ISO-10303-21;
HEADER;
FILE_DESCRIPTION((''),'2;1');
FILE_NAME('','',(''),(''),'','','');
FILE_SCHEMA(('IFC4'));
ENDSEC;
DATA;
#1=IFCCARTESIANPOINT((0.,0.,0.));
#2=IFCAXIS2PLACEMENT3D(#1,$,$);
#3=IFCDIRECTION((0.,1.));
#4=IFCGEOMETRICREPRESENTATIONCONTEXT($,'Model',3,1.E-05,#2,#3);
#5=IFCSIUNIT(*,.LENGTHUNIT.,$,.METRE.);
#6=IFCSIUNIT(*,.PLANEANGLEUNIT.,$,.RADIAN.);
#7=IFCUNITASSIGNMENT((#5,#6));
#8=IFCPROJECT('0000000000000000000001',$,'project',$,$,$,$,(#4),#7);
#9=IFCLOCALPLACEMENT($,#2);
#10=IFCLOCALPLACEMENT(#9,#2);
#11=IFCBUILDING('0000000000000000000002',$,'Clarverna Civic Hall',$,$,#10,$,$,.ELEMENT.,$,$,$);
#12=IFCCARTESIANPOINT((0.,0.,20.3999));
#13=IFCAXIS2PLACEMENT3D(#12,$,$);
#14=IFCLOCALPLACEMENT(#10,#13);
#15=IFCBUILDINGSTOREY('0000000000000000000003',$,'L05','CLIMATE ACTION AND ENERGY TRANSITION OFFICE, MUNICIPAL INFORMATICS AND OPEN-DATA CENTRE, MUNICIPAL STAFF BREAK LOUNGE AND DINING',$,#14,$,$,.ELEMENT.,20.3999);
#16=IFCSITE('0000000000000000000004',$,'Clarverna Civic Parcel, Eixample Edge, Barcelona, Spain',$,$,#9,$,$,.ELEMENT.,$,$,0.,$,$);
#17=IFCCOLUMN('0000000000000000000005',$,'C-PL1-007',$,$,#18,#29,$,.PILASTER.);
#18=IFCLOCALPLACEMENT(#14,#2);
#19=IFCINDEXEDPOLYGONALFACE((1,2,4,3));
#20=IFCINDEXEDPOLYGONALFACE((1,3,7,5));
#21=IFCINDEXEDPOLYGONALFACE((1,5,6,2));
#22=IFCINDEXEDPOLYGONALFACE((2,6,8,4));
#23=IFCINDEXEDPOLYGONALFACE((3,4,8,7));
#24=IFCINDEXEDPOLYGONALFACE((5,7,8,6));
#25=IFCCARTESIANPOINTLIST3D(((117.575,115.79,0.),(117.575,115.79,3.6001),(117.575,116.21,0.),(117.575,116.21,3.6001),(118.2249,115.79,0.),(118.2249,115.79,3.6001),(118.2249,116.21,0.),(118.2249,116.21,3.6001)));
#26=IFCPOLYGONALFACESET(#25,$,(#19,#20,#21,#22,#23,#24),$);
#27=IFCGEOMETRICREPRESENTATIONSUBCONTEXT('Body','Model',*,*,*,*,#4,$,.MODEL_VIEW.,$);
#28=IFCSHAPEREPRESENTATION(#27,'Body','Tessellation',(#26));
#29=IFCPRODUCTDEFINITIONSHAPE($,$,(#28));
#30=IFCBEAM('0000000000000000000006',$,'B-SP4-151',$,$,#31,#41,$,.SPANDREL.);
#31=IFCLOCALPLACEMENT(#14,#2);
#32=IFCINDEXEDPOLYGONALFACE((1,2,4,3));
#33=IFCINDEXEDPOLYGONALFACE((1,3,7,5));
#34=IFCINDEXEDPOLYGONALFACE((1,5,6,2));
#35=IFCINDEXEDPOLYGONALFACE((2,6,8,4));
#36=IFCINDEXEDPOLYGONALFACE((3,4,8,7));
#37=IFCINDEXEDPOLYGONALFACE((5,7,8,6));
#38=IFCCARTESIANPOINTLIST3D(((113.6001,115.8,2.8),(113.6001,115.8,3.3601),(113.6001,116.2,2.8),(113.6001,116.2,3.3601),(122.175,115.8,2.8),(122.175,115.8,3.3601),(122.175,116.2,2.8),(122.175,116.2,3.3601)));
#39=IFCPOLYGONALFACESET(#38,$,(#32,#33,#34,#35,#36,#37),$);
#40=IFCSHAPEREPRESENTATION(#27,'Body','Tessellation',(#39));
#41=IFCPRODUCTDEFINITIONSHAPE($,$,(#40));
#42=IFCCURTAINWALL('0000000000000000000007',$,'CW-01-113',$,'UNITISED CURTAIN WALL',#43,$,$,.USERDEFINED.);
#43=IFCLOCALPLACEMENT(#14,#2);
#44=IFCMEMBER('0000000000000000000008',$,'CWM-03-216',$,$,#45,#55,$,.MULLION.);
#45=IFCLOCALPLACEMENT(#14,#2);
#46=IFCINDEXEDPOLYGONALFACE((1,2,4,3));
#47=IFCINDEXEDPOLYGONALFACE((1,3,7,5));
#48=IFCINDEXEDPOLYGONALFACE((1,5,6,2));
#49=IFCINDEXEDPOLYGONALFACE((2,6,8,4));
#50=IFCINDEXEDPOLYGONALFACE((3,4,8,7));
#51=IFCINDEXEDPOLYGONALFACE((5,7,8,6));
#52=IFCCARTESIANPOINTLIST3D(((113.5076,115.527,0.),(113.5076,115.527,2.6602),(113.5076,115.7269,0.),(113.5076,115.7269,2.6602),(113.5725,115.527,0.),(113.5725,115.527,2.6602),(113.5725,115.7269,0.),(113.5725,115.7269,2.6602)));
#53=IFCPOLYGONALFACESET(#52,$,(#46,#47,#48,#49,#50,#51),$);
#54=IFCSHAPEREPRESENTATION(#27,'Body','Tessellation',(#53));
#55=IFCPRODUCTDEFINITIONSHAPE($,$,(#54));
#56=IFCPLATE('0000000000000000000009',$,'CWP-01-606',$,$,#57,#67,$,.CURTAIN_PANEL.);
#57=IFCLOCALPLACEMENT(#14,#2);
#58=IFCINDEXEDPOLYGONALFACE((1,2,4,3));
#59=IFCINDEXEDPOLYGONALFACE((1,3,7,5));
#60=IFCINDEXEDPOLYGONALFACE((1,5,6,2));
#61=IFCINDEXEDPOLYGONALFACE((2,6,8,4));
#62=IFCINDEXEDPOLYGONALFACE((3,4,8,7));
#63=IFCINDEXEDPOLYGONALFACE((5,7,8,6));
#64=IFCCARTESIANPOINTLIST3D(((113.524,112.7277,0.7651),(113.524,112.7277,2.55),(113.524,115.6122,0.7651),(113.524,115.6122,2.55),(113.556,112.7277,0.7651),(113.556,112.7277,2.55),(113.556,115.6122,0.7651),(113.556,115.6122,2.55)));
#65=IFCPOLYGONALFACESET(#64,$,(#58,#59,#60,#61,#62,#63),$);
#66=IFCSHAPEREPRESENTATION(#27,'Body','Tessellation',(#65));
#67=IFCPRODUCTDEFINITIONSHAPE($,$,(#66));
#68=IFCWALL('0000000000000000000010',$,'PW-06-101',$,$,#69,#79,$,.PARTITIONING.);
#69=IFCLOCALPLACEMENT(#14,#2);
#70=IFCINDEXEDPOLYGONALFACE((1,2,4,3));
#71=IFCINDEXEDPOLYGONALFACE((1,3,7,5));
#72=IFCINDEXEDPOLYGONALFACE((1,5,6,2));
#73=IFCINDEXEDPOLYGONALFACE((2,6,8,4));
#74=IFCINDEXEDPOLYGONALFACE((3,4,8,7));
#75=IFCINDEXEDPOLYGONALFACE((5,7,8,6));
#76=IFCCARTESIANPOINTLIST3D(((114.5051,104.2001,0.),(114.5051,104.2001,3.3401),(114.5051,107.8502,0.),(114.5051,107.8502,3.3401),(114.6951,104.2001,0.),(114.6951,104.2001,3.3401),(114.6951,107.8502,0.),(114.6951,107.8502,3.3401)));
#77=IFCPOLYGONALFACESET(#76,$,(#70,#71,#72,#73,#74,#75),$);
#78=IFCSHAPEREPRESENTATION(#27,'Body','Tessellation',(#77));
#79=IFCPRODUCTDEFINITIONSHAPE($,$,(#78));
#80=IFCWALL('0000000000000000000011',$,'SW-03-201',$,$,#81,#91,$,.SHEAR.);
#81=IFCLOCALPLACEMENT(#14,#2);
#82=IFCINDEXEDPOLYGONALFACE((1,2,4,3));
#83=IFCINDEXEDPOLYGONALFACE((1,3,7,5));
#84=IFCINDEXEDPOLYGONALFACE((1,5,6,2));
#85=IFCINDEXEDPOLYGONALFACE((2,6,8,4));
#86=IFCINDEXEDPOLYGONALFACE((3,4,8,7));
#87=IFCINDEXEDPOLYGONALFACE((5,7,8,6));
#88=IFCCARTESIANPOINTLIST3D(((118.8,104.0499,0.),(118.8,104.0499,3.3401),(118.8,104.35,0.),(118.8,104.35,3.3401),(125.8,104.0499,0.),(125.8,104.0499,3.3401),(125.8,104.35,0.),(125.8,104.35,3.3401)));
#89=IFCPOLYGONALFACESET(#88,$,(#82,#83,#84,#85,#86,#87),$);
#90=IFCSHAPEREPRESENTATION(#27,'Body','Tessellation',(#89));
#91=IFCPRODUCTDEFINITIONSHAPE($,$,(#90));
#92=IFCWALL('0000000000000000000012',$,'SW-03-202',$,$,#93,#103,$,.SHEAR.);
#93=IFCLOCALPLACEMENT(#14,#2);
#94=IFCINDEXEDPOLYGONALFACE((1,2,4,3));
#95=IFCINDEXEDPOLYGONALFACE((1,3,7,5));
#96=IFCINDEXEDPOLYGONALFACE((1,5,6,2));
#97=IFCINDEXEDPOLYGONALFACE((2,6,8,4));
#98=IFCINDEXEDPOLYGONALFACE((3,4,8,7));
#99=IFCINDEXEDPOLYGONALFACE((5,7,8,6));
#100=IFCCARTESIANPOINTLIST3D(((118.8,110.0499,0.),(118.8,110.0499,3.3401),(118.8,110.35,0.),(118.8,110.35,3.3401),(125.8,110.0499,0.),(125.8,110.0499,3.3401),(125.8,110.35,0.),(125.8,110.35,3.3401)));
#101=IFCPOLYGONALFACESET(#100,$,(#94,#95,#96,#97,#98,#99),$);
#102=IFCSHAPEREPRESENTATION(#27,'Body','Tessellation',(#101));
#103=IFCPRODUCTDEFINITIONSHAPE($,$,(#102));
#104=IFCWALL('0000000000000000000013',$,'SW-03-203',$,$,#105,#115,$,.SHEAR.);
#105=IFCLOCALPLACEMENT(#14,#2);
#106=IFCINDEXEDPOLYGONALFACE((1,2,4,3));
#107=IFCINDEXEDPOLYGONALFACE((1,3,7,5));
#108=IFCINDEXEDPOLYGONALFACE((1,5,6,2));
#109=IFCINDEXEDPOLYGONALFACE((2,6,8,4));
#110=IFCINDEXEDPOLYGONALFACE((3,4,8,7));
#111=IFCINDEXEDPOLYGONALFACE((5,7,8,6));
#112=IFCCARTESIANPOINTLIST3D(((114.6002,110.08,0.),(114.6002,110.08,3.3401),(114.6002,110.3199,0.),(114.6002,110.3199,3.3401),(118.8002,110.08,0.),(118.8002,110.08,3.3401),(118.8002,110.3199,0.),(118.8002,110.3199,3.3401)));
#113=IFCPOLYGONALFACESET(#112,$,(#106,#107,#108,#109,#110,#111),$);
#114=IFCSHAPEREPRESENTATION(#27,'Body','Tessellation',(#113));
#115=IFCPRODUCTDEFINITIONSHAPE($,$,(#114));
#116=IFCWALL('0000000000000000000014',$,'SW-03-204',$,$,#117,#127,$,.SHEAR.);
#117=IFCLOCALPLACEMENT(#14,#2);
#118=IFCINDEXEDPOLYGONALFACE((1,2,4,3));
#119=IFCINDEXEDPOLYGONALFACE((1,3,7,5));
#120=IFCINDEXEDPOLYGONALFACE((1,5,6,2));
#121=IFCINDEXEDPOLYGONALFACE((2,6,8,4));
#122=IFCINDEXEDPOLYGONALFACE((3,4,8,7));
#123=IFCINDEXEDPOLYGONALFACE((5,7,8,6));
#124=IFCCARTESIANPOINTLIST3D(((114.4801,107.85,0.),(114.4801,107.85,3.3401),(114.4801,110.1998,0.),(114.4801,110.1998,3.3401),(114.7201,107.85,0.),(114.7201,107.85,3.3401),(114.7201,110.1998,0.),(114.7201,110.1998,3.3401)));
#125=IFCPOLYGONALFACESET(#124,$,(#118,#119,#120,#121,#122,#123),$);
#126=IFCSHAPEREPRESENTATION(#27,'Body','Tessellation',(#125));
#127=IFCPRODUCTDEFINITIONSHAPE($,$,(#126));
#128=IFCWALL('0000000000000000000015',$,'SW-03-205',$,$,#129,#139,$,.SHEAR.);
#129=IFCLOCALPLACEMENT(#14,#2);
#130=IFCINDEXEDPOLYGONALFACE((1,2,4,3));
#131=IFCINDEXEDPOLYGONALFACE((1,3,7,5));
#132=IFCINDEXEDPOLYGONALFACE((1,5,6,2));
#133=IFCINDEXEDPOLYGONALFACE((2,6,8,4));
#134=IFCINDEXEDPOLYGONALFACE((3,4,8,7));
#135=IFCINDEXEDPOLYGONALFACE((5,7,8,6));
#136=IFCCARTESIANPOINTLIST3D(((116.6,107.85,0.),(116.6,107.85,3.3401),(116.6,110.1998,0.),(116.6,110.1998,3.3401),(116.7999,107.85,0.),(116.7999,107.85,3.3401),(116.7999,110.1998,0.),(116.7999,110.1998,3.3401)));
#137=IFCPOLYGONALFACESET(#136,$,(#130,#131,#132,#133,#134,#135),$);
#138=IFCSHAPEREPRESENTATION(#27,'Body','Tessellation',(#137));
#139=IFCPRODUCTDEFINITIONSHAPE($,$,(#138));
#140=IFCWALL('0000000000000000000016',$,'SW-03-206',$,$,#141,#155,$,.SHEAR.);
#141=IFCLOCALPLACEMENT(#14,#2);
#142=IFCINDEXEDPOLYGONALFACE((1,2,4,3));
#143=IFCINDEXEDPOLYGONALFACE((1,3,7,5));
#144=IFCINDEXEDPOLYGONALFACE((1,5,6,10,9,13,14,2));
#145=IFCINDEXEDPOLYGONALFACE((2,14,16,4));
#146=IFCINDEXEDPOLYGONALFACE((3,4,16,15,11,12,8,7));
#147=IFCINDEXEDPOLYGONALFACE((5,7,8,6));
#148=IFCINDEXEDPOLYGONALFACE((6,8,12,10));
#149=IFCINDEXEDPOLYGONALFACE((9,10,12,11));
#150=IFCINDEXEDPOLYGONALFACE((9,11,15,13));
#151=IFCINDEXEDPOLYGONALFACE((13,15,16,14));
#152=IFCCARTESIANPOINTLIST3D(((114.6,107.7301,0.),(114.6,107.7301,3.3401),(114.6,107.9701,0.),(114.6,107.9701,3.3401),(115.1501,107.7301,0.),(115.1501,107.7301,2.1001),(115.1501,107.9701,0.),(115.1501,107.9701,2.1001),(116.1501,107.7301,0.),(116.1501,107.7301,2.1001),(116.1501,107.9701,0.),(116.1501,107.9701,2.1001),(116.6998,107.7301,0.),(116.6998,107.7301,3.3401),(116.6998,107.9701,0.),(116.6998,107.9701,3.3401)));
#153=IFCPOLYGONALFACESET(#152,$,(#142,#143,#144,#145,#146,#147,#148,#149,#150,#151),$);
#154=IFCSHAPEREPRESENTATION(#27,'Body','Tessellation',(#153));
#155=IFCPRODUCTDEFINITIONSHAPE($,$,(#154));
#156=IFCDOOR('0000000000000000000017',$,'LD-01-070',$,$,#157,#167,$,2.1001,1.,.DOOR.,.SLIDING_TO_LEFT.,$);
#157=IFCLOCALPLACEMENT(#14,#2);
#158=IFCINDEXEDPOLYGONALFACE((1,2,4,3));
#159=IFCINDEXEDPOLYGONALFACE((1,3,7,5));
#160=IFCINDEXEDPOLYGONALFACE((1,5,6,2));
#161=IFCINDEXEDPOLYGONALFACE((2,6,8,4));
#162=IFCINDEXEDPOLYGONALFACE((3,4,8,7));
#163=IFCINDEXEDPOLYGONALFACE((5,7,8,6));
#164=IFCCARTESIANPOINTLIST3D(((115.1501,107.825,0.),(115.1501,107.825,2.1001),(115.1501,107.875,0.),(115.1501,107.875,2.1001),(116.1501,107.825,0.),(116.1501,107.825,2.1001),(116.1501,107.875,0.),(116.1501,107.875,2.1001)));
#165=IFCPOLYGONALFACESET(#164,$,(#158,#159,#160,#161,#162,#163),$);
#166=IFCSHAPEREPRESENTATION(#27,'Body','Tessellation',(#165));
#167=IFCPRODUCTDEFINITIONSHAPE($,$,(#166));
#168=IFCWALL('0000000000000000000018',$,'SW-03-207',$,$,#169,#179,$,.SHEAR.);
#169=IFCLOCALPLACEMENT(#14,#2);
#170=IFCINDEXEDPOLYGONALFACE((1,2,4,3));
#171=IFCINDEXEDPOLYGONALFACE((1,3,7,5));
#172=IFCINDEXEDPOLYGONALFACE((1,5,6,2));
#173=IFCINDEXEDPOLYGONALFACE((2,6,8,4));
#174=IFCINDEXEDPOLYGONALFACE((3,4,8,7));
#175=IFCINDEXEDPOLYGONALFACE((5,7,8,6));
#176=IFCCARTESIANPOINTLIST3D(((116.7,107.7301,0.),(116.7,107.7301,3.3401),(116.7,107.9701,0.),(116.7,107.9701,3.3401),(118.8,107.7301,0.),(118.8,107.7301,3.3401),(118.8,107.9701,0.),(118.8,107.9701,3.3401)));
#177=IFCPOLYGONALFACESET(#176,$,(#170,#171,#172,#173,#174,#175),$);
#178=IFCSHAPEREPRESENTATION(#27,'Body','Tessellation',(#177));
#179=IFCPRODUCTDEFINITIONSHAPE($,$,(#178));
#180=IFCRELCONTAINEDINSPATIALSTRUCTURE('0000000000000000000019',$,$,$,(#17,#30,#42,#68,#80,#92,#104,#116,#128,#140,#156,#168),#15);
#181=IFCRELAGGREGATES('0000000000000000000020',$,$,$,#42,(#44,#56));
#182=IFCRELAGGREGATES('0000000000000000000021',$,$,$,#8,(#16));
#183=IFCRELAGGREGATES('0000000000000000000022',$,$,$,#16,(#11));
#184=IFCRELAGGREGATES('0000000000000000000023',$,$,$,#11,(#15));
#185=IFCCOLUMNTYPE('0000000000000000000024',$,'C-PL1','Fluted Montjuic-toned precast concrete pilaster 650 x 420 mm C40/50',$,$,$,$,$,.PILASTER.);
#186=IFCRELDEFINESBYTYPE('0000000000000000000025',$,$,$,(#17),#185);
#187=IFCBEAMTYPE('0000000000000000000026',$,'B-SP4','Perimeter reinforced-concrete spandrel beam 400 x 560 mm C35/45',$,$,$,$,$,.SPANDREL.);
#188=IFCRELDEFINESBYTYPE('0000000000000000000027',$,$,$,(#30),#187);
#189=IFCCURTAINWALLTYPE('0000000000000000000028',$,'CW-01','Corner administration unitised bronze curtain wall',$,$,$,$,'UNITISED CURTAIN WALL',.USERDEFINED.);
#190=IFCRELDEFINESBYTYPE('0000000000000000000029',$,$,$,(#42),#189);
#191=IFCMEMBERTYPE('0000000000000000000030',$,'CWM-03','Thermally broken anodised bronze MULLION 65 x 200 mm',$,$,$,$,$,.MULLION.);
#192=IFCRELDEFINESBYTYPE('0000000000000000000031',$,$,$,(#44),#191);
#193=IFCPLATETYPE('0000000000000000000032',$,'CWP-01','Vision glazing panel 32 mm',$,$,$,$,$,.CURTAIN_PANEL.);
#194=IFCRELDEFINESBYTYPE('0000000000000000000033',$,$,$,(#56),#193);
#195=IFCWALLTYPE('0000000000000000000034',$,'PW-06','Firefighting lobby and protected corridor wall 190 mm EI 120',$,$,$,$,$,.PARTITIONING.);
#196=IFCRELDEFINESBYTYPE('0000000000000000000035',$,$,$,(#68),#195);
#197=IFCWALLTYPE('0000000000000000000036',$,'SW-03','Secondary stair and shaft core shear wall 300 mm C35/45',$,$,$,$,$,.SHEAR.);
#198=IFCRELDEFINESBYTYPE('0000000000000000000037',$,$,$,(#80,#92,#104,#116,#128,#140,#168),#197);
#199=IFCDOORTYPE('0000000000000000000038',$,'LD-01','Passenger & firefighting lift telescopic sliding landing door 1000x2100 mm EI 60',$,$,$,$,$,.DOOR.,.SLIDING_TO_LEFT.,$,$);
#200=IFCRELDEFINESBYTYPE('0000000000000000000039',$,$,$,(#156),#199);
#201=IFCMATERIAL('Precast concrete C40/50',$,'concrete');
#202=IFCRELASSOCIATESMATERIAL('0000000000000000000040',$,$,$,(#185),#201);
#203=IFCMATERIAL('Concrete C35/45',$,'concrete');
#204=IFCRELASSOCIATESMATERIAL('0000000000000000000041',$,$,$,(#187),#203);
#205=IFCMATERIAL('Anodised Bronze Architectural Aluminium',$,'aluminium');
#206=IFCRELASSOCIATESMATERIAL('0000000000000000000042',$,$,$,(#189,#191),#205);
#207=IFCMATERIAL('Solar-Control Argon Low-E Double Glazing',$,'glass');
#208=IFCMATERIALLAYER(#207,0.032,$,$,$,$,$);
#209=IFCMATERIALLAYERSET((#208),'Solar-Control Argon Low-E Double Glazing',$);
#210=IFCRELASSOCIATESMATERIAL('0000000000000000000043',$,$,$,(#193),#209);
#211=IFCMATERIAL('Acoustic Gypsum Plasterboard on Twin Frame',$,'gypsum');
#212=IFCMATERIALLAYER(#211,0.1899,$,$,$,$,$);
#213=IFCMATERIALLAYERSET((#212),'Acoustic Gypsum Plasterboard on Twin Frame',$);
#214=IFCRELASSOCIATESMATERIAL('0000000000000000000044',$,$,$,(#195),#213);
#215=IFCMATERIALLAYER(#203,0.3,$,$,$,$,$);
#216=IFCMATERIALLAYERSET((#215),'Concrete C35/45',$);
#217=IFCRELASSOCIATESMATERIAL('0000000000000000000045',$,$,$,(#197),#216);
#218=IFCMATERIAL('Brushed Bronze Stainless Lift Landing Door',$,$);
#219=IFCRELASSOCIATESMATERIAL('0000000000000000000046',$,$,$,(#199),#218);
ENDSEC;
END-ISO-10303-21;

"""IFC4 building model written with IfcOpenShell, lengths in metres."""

from ifc_helpers import new_model, si_unit, direction, frame, frame_2d, origin, origin_2d, place, context, subcontext, project, spatial, rectangle, extrude, material, layer, layer_set, material_profile, profile_set, type_object, element, fill, aggregate, save


model = new_model("IFC4")

# Units and contexts
model_context = context("Model", 3, precision=1e-05, world=origin(), true_north=direction((0.0, 1.0)))
body_context = subcontext(model_context, "Body", "Model", "MODEL_VIEW")
ifc_project = project(units=[si_unit("LENGTHUNIT", "METRE"), si_unit("PLANEANGLEUNIT", "RADIAN")], contexts=[model_context])

# Site, building, storey
site_placement = place(None, origin())
site = spatial("IfcSite", under=ifc_project, at=site_placement, Name="Clarverna Civic Parcel, Eixample Edge, Barcelona, Spain", CompositionType="ELEMENT", RefElevation=0.0)
building_placement = place(site_placement, origin())
building = spatial("IfcBuilding", under=site, at=building_placement, Name="Clarverna Civic Hall", CompositionType="ELEMENT")
storey_placement = place(building_placement, frame((0.0, 0.0, 20.3999)))
storey = spatial("IfcBuildingStorey", under=building, at=storey_placement, Name="L05", Description="CLIMATE ACTION AND ENERGY TRANSITION OFFICE, MUNICIPAL INFORMATICS AND OPEN-DATA CENTRE, MUNICIPAL STAFF BREAK LOUNGE AND DINING", CompositionType="ELEMENT", Elevation=20.3999)

# Column
ifc_material_1 = material(Name="Precast concrete C40/50", Category="concrete")
ifc_material_profile_1 = material_profile(ifc_material_1, rectangle(XDim=0.6499, YDim=0.4199, at=origin_2d()), Name="PILASTER 650x420")
ifc_profile_set_1 = profile_set([ifc_material_profile_1], Name="Precast concrete C40/50")
column_type = type_object("IfcColumnType", Name="C-PL1", Description="Fluted Montjuic-toned precast concrete pilaster 650 x 420 mm C40/50", PredefinedType="PILASTER", material=ifc_profile_set_1)
column_placement = place(storey_placement, frame((117.8999, 116.0, 0.0), z_axis=(0.0, 0.0, 1.0), x_axis=(1.0, 0.0, 0.0)))
element("IfcColumn", 1, at=column_placement, inside=storey, type_object=column_type, Name="C-PL1-007", PredefinedType="PILASTER", context=body_context, shape_type="SweptSolid", body=[
    extrude(rectangle(XDim=0.6499, YDim=0.4199, at=origin_2d()), origin(), (0.0, 0.0, 1.0), 3.6001),
])

# Beam
ifc_material_2 = material(Name="Concrete C35/45", Category="concrete")
ifc_material_profile_2 = material_profile(ifc_material_2, rectangle(XDim=0.3999, YDim=0.5601, at=origin_2d()), Name="RC 400x560")
ifc_profile_set_2 = profile_set([ifc_material_profile_2], Name="Concrete C35/45")
beam_type = type_object("IfcBeamType", Name="B-SP4", Description="Perimeter reinforced-concrete spandrel beam 400 x 560 mm C35/45", PredefinedType="SPANDREL", material=ifc_profile_set_2)
beam_placement = place(storey_placement, frame((113.6001, 116.0, 3.0801), z_axis=(1.0, 0.0, 0.0), x_axis=(0.0, 1.0, 0.0)))
element("IfcBeam", 2, at=beam_placement, inside=storey, type_object=beam_type, Name="B-SP4-151", PredefinedType="SPANDREL", context=body_context, shape_type="SweptSolid", body=[
    extrude(rectangle(XDim=0.3999, YDim=0.5601, at=origin_2d()), origin(), (0.0, 0.0, 1.0), 8.575),
])

# Curtain wall, member, plate
ifc_material_3 = material(Name="Anodised Bronze Architectural Aluminium", Category="aluminium")
curtain_wall_type = type_object("IfcCurtainWallType", Name="CW-01", Description="Corner administration unitised bronze curtain wall", ElementType="UNITISED CURTAIN WALL", PredefinedType="USERDEFINED", material=ifc_material_3)
curtain_wall_placement = place(storey_placement, origin())
curtain_wall = element("IfcCurtainWall", 3, at=curtain_wall_placement, inside=storey, type_object=curtain_wall_type, Name="CW-01-113", ObjectType="UNITISED CURTAIN WALL", PredefinedType="USERDEFINED")
ifc_material_profile_3 = material_profile(ifc_material_3, rectangle(XDim=0.0649, YDim=0.2, at=origin_2d()), Name="BRONZE 65x200")
ifc_profile_set_3 = profile_set([ifc_material_profile_3], Name="Anodised Bronze Architectural Aluminium")
member_type = type_object("IfcMemberType", Name="CWM-03", Description="Thermally broken anodised bronze MULLION 65 x 200 mm", PredefinedType="MULLION", material=ifc_profile_set_3)
member_placement = place(storey_placement, frame((113.54, 115.627, 0.0), z_axis=(0.0, 0.0, 1.0), x_axis=(1.0, 0.0, 0.0)))
member = element("IfcMember", 4, at=member_placement, type_object=member_type, Name="CWM-03-216", PredefinedType="MULLION", context=body_context, shape_type="SweptSolid", body=[
    extrude(rectangle(XDim=0.0649, YDim=0.2, at=origin_2d()), origin(), (0.0, 0.0, 1.0), 2.6602),
])
ifc_material_4 = material(Name="Solar-Control Argon Low-E Double Glazing", Category="glass")
ifc_layer_1 = layer(ifc_material_4, 0.032)
ifc_layer_set_1 = layer_set([ifc_layer_1], Name="Solar-Control Argon Low-E Double Glazing")
plate_type = type_object("IfcPlateType", Name="CWP-01", Description="Vision glazing panel 32 mm", PredefinedType="CURTAIN_PANEL", material=ifc_layer_set_1)
plate_placement = place(storey_placement, frame((113.54, 112.7275, 0.7651), z_axis=(0.0, 0.0, 1.0), x_axis=(0.0, 1.0, 0.0)))
plate = element("IfcPlate", 5, at=plate_placement, type_object=plate_type, Name="CWP-01-606", PredefinedType="CURTAIN_PANEL", context=body_context, shape_type="SweptSolid", body=[
    extrude(rectangle(XDim=2.8845, YDim=0.032, at=frame_2d((1.4424, 0.0))), origin(), (0.0, 0.0, 1.0), 1.7849),
])
aggregate(curtain_wall, [member, plate])

# Wall
ifc_material_5 = material(Name="Acoustic Gypsum Plasterboard on Twin Frame", Category="gypsum")
ifc_layer_2 = layer(ifc_material_5, 0.1899)
ifc_layer_set_2 = layer_set([ifc_layer_2], Name="Acoustic Gypsum Plasterboard on Twin Frame")
wall_type_1 = type_object("IfcWallType", Name="PW-06", Description="Firefighting lobby and protected corridor wall 190 mm EI 120", PredefinedType="PARTITIONING", material=ifc_layer_set_2)
wall_1_placement = place(storey_placement, frame((114.6001, 104.2, 0.0), z_axis=(0.0, 0.0, 1.0), x_axis=(0.0, 1.0, 0.0)))
element("IfcWall", 6, at=wall_1_placement, inside=storey, type_object=wall_type_1, Name="PW-06-101", PredefinedType="PARTITIONING", context=body_context, shape_type="SweptSolid", body=[
    extrude(rectangle(XDim=3.6501, YDim=0.1899, at=frame_2d((1.8252, 0.0))), origin(), (0.0, 0.0, 1.0), 3.3401),
])

# Shared definitions
ifc_layer_3 = layer(ifc_material_2, 0.3)
ifc_layer_set_3 = layer_set([ifc_layer_3], Name="Concrete C35/45")
wall_type_2 = type_object("IfcWallType", Name="SW-03", Description="Secondary stair and shaft core shear wall 300 mm C35/45", PredefinedType="SHEAR", material=ifc_layer_set_3)

# Walls
for number, where, z_axis, x_axis, name in (
    (7, (118.8, 104.2, 0.0), (0.0, 0.0, 1.0), (1.0, 0.0, 0.0), "SW-03-201"),
    (8, (118.8, 110.2, 0.0), (0.0, 0.0, 1.0), (1.0, 0.0, 0.0), "SW-03-202"),
):
    element("IfcWall", number, at=place(storey_placement, frame(where, z_axis=z_axis, x_axis=x_axis)), inside=storey, type_object=wall_type_2, Name=name, PredefinedType="SHEAR", context=body_context, shape_type="SweptSolid", body=[
        extrude(rectangle(XDim=7.0, YDim=0.3, at=frame_2d((3.5, 0.0))), origin(), (0.0, 0.0, 1.0), 3.3401),
    ])
wall_2_placement = place(storey_placement, frame((114.6001, 110.2, 0.0), z_axis=(0.0, 0.0, 1.0), x_axis=(1.0, 0.0, 0.0)))
element("IfcWall", 9, at=wall_2_placement, inside=storey, type_object=wall_type_2, Name="SW-03-203", PredefinedType="SHEAR", context=body_context, shape_type="SweptSolid", body=[
    extrude(rectangle(XDim=4.2, YDim=0.24, at=frame_2d((2.1001, 0.0))), origin(), (0.0, 0.0, 1.0), 3.3401),
])
wall_3_placement = place(storey_placement, frame((114.6001, 107.8501, 0.0), z_axis=(0.0, 0.0, 1.0), x_axis=(0.0, 1.0, 0.0)))
element("IfcWall", 10, at=wall_3_placement, inside=storey, type_object=wall_type_2, Name="SW-03-204", PredefinedType="SHEAR", context=body_context, shape_type="SweptSolid", body=[
    extrude(rectangle(XDim=2.3499, YDim=0.24, at=frame_2d((1.1748, 0.0))), origin(), (0.0, 0.0, 1.0), 3.3401),
])
wall_4_placement = place(storey_placement, frame((116.7, 107.8501, 0.0), z_axis=(0.0, 0.0, 1.0), x_axis=(0.0, 1.0, 0.0)))
element("IfcWall", 11, at=wall_4_placement, inside=storey, type_object=wall_type_2, Name="SW-03-205", PredefinedType="SHEAR", context=body_context, shape_type="SweptSolid", body=[
    extrude(rectangle(XDim=2.3499, YDim=0.2, at=frame_2d((1.1748, 0.0))), origin(), (0.0, 0.0, 1.0), 3.3401),
])

# Wall, opening, door
wall_5_placement = place(storey_placement, frame((114.6001, 107.8501, 0.0), z_axis=(0.0, 0.0, 1.0), x_axis=(1.0, 0.0, 0.0)))
wall_5 = element("IfcWall", 12, at=wall_5_placement, inside=storey, type_object=wall_type_2, Name="SW-03-206", PredefinedType="SHEAR", context=body_context, shape_type="SweptSolid", body=[
    extrude(rectangle(XDim=2.0999, YDim=0.24, at=frame_2d((1.0498, 0.0))), origin(), (0.0, 0.0, 1.0), 3.3401),
])
opening_1_placement = place(wall_5_placement, frame((0.55, 0.0, 0.0)))
opening_1 = element("IfcOpeningElement", 13, at=opening_1_placement, cuts=wall_5, PredefinedType="OPENING", context=body_context, shape_type="SweptSolid", body=[
    extrude(rectangle(XDim=1.0, YDim=2.1001, at=frame_2d((0.5, 1.05))), frame((0.0, 0.1299, 0.0), z_axis=(0.0, -1.0, 0.0), x_axis=(1.0, 0.0, 0.0)), (0.0, 0.0, 1.0), 0.26),
])
ifc_material_6 = material(Name="Brushed Bronze Stainless Lift Landing Door")
door_type_1 = type_object("IfcDoorType", Name="LD-01", Description="Passenger & firefighting lift telescopic sliding landing door 1000x2100 mm EI 60", OperationType="SLIDING_TO_LEFT", PredefinedType="DOOR", material=ifc_material_6)
door_1_placement = place(opening_1_placement, origin())
door_1 = element("IfcDoor", 14, at=door_1_placement, inside=storey, type_object=door_type_1, Name="LD-01-070", OperationType="SLIDING_TO_LEFT", OverallHeight=2.1001, OverallWidth=1.0, PredefinedType="DOOR", context=body_context, shape_type="SweptSolid", body=[
    extrude(rectangle(XDim=1.0, YDim=2.1001, at=frame_2d((0.5, 1.05))), frame((0.0, 0.0249, 0.0), z_axis=(0.0, -1.0, 0.0), x_axis=(1.0, 0.0, 0.0)), (0.0, 0.0, 1.0), 0.05),
])
fill(opening_1, door_1)

# Wall
wall_6_placement = place(storey_placement, frame((116.7, 107.8501, 0.0), z_axis=(0.0, 0.0, 1.0), x_axis=(1.0, 0.0, 0.0)))
element("IfcWall", 15, at=wall_6_placement, inside=storey, type_object=wall_type_2, Name="SW-03-207", PredefinedType="SHEAR", context=body_context, shape_type="SweptSolid", body=[
    extrude(rectangle(XDim=2.1001, YDim=0.24, at=frame_2d((1.05, 0.0))), origin(), (0.0, 0.0, 1.0), 3.3401),
])

save(model, "model.ifc")
